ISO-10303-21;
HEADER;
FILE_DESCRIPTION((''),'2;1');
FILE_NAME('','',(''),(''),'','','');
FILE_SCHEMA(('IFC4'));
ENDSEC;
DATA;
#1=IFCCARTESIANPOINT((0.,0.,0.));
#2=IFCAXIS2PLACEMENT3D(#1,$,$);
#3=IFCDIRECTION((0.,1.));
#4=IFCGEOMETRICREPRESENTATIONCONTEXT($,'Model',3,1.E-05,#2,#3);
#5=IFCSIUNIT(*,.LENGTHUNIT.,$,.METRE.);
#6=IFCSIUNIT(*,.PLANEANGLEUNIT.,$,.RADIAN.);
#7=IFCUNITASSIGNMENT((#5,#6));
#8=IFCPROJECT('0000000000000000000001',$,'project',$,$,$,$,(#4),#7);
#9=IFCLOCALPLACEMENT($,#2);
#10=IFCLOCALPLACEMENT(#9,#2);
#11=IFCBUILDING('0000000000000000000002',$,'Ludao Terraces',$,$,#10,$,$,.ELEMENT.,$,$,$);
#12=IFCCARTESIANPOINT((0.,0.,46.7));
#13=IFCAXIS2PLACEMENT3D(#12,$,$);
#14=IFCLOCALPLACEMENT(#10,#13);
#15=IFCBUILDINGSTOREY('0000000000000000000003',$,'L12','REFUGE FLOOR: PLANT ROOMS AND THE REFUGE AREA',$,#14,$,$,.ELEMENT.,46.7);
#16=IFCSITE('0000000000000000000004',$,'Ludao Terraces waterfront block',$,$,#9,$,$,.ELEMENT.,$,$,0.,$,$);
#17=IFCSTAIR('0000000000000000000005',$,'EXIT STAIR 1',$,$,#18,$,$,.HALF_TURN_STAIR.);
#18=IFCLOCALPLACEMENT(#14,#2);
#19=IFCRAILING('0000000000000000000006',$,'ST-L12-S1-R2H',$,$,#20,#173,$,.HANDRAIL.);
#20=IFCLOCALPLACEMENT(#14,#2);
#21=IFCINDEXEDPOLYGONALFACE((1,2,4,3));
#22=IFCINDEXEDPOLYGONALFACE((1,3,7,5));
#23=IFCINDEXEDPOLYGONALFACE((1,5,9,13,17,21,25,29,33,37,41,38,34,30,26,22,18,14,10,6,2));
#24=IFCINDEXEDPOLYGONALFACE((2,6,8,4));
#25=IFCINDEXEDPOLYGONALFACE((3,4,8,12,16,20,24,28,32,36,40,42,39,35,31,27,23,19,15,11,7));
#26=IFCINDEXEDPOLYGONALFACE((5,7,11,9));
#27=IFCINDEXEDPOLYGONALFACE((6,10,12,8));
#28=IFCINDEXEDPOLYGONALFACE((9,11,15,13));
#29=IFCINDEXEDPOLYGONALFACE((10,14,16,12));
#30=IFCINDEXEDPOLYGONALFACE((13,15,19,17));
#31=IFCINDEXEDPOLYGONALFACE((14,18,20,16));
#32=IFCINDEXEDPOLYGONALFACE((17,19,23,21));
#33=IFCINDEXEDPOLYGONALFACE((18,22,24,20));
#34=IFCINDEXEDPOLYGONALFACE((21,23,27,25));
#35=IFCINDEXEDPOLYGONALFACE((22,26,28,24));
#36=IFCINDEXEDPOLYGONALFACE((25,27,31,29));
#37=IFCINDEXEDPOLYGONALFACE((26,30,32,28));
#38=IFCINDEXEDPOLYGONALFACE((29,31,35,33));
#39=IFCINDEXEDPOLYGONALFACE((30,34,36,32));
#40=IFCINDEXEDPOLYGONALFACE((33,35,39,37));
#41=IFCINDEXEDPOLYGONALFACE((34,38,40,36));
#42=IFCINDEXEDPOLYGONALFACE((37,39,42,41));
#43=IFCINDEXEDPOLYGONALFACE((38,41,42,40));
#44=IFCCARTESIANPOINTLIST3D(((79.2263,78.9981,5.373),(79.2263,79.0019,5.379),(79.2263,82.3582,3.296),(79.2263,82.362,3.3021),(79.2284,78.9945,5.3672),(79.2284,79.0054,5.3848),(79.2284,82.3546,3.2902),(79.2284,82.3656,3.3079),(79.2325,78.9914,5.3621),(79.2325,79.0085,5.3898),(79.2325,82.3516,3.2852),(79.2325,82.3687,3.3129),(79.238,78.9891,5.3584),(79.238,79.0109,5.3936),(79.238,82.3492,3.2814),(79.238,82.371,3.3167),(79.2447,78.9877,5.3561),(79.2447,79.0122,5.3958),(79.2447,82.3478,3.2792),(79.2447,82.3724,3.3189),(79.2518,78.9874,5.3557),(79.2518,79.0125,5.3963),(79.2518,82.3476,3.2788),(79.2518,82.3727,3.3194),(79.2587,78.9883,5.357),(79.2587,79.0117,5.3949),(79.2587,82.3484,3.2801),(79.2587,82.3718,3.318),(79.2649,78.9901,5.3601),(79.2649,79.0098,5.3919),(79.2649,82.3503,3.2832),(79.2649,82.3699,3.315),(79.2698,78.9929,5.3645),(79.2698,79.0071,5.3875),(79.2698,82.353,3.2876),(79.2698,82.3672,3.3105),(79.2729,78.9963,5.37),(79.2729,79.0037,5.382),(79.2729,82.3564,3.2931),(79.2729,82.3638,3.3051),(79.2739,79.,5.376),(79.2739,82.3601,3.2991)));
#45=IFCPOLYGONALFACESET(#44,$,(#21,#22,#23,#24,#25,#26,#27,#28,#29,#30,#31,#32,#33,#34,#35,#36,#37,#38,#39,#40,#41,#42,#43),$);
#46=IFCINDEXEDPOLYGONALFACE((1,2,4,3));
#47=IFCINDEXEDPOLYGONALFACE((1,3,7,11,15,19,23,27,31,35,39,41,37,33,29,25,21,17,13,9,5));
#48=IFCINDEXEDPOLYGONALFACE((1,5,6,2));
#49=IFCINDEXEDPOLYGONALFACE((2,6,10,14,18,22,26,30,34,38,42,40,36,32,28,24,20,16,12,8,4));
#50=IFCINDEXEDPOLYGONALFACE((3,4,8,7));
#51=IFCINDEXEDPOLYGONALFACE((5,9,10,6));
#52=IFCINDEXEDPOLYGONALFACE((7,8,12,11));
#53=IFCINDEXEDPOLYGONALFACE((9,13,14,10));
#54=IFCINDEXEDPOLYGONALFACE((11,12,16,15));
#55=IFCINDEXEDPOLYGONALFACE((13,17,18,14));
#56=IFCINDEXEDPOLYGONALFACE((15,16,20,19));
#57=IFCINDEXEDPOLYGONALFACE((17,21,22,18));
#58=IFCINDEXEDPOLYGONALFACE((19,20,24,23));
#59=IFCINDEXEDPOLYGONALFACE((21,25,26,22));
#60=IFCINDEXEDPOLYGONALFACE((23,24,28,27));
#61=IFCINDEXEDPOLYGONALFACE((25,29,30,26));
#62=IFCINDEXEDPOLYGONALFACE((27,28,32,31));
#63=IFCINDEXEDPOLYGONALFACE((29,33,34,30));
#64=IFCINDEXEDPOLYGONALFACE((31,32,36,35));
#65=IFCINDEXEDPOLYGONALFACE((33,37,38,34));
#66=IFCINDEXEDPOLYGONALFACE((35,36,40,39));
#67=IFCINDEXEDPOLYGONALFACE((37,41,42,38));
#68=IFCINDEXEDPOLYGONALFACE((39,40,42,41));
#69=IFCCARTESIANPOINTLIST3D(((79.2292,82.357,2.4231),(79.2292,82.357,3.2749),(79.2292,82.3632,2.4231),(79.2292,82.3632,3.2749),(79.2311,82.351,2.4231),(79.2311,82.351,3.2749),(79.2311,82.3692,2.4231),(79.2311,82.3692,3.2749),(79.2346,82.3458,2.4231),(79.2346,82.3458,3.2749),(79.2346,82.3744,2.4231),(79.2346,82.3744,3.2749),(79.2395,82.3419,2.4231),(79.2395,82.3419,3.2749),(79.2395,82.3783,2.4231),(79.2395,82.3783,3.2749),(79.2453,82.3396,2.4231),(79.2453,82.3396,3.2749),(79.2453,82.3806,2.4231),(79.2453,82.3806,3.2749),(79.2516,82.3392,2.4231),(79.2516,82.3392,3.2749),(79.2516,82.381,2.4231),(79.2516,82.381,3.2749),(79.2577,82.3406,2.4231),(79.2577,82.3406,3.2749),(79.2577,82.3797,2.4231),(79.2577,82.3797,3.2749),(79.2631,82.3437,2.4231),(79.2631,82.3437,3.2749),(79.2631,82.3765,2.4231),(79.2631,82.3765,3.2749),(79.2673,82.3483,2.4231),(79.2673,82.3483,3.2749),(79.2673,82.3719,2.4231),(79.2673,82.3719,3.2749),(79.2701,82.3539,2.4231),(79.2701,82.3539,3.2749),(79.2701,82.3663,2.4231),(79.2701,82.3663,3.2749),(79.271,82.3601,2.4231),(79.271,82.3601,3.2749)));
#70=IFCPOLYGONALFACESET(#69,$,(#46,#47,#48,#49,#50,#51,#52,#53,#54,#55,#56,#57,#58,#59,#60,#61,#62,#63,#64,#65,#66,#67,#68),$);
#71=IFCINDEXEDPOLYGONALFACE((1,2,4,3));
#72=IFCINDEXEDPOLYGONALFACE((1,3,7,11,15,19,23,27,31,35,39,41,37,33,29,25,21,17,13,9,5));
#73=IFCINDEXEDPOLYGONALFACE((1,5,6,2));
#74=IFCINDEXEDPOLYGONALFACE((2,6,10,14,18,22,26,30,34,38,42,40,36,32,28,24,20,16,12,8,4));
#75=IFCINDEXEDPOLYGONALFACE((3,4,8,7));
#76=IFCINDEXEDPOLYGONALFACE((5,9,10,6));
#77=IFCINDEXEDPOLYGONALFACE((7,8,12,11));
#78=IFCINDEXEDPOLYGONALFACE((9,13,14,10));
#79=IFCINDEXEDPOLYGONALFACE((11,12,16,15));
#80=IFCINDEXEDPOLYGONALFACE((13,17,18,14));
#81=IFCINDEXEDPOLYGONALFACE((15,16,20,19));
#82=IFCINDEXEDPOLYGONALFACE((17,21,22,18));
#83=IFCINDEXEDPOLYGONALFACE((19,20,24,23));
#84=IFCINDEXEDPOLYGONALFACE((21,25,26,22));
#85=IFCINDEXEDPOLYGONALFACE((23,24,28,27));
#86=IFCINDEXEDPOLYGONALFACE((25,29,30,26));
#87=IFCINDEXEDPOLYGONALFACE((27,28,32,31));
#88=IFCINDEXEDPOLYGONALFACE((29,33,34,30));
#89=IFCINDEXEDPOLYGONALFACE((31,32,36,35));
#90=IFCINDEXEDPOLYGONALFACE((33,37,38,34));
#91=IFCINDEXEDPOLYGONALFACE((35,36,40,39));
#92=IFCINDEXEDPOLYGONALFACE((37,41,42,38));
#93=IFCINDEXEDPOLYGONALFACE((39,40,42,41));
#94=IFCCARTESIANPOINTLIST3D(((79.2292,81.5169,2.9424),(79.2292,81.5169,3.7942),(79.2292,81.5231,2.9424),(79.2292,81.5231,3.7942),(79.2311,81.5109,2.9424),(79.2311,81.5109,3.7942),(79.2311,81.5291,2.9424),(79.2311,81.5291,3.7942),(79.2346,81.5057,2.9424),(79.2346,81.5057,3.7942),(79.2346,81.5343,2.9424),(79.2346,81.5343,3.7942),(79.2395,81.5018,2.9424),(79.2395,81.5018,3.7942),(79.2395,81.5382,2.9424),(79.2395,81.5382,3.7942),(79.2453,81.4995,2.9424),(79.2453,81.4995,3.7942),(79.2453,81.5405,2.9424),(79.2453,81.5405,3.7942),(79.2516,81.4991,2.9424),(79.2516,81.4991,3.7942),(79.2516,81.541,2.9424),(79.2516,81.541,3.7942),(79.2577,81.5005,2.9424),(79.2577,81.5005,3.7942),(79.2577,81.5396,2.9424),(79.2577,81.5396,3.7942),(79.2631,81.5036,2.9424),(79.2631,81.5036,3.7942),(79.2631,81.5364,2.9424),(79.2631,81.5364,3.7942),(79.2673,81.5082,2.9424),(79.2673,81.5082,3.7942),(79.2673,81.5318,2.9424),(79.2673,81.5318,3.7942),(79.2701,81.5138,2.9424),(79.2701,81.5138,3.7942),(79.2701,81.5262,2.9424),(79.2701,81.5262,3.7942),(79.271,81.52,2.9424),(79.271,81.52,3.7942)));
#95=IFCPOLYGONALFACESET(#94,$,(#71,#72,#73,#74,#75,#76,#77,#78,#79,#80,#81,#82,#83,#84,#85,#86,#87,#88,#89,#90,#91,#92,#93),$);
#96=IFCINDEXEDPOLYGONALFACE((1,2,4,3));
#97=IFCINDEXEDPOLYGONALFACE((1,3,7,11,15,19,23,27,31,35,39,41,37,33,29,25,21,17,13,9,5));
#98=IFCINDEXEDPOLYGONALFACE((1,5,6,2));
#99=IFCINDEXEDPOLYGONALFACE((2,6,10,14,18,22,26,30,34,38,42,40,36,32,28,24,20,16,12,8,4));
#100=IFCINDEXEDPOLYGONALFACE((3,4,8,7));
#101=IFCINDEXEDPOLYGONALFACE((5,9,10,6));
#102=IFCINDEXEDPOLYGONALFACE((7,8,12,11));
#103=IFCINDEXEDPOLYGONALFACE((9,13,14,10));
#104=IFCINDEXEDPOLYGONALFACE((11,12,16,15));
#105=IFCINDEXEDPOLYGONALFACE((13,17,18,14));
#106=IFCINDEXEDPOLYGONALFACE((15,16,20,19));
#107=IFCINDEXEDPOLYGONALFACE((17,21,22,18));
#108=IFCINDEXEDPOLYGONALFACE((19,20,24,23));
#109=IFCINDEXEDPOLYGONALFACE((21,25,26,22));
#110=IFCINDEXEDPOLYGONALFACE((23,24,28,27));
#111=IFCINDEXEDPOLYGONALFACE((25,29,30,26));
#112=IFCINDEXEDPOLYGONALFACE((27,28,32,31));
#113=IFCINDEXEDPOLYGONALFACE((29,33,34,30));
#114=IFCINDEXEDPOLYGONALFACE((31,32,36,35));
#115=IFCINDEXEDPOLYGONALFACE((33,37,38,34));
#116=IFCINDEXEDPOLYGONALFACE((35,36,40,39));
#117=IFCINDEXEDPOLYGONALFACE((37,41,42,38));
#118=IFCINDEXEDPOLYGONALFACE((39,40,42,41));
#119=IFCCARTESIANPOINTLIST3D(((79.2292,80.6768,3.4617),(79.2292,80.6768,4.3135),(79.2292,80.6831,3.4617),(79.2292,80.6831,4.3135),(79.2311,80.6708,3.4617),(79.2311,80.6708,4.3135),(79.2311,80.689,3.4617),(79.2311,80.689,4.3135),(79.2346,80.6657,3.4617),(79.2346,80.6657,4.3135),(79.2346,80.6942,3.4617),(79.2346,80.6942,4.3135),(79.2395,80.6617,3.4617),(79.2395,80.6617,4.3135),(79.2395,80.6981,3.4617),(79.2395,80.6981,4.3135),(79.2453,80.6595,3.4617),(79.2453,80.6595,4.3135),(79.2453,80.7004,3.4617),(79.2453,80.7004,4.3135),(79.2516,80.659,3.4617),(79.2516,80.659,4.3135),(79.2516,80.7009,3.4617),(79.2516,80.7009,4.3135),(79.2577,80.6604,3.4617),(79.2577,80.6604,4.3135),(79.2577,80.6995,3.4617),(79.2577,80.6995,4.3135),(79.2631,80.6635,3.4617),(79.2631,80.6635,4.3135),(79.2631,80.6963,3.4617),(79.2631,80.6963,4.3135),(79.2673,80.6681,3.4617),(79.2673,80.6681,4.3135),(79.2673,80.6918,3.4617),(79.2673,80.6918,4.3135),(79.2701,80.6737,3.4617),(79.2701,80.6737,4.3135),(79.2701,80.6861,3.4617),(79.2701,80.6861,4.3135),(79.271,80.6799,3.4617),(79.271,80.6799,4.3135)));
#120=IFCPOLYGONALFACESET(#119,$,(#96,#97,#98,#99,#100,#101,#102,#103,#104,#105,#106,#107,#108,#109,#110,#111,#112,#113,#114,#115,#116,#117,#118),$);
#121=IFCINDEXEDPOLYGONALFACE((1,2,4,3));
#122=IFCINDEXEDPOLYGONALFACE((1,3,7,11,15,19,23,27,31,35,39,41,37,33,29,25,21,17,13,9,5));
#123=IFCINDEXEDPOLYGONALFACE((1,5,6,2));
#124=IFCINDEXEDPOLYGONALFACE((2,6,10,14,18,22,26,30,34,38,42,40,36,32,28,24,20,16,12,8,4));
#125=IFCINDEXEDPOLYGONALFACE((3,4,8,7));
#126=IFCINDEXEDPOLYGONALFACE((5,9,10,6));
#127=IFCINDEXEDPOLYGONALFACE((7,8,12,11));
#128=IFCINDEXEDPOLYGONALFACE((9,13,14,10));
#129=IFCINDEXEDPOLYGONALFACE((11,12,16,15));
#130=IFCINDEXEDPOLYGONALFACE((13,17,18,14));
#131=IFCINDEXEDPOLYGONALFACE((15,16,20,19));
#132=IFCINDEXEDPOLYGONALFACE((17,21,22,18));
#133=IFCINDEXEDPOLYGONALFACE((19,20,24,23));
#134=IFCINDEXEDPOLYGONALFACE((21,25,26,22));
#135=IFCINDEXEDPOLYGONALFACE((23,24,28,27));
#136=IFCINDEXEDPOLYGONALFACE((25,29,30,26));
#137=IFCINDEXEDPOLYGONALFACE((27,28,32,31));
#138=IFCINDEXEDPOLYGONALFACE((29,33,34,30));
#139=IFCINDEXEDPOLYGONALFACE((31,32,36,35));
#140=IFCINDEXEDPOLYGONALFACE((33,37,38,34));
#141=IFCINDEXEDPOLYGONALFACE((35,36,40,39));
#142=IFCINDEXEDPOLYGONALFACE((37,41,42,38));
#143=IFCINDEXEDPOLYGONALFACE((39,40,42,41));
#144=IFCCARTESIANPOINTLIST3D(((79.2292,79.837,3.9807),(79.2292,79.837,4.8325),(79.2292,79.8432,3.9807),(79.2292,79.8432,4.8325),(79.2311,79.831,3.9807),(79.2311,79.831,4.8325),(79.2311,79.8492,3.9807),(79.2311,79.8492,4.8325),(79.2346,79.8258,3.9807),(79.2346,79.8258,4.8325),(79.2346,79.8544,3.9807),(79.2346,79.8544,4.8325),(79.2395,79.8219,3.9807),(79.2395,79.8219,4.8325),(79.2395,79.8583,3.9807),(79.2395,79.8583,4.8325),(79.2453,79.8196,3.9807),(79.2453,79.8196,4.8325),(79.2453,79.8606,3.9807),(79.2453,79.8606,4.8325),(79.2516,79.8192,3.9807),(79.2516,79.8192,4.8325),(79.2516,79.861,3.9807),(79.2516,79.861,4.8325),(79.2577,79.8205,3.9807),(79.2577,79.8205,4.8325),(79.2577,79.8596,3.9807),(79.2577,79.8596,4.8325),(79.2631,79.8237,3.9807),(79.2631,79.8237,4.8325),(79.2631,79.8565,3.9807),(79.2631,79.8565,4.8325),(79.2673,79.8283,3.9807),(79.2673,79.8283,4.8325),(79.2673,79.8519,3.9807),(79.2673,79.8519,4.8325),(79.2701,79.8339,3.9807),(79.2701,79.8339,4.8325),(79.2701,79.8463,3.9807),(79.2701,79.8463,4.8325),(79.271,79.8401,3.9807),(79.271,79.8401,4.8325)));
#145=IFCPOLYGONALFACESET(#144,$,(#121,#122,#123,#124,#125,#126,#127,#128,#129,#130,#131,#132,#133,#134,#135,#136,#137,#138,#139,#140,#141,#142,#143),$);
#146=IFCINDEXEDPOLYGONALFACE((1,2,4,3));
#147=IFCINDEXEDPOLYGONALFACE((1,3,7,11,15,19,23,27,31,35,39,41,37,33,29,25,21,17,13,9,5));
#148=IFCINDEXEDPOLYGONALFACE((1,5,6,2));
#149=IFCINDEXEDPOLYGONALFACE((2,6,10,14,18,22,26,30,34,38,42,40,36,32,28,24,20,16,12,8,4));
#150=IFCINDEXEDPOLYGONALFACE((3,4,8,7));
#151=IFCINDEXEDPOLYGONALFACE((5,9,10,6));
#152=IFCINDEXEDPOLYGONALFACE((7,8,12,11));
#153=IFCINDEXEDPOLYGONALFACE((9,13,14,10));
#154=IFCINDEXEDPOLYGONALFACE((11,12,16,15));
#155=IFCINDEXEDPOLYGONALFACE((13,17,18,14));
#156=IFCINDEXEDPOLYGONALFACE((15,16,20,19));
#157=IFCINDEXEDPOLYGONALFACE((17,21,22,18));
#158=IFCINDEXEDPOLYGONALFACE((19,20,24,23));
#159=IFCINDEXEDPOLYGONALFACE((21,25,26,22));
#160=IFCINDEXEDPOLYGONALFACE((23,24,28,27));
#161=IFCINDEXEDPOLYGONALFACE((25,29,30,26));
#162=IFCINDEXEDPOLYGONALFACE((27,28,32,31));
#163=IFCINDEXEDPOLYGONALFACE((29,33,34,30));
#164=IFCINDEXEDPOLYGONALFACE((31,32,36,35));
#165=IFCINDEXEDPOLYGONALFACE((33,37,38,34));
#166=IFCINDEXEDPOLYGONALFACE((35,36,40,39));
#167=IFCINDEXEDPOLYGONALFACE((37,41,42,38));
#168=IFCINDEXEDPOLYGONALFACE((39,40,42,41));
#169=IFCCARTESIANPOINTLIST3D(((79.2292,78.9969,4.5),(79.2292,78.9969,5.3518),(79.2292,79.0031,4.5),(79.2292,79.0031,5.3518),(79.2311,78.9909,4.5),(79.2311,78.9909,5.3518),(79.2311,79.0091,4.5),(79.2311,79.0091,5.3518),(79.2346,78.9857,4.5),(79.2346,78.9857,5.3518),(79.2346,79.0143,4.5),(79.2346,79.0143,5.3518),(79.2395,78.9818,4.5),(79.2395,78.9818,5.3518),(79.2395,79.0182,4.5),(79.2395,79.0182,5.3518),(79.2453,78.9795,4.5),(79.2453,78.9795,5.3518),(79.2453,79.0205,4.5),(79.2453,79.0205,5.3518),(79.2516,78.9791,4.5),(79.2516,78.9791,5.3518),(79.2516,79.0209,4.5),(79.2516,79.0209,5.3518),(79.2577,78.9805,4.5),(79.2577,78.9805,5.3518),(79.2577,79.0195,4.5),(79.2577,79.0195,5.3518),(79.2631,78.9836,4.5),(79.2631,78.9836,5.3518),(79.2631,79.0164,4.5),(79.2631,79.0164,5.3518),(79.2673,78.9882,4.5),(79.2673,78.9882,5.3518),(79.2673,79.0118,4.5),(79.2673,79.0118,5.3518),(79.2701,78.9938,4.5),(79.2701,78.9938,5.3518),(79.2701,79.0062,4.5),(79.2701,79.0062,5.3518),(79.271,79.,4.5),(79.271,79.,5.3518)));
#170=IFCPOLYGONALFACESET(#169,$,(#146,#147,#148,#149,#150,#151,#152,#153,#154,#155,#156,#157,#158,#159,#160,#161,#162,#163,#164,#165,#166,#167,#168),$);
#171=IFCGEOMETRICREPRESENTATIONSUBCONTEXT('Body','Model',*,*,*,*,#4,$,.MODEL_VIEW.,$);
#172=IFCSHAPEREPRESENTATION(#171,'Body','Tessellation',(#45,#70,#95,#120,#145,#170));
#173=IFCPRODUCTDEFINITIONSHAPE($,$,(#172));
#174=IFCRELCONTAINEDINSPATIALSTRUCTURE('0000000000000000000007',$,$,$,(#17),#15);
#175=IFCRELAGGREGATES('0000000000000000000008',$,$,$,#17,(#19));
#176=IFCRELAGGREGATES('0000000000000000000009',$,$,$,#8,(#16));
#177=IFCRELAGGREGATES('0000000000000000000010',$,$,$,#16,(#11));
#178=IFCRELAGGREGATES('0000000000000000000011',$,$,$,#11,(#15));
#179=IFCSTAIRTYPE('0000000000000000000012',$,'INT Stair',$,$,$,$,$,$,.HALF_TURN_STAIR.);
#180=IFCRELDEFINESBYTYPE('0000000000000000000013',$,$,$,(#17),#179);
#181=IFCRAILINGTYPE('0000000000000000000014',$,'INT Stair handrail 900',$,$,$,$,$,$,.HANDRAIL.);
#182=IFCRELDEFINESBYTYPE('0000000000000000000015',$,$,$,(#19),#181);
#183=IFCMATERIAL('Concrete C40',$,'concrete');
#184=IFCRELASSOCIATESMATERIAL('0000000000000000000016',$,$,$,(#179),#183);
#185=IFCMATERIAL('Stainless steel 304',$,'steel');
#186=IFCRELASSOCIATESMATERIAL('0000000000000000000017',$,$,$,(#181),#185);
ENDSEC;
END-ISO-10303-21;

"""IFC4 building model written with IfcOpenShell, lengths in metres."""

from ifc_helpers import new_model, si_unit, direction, frame, origin, origin_2d, place, context, subcontext, project, spatial, circle, extrude, material, type_object, element, aggregate, save


model = new_model("IFC4")

# Units and contexts
model_context = context("Model", 3, precision=1e-05, world=origin(), true_north=direction((0.0, 1.0)))
body_context = subcontext(model_context, "Body", "Model", "MODEL_VIEW")
ifc_project = project(units=[si_unit("LENGTHUNIT", "METRE"), si_unit("PLANEANGLEUNIT", "RADIAN")], contexts=[model_context])

# Site, building, storey
site_placement = place(None, origin())
site = spatial("IfcSite", under=ifc_project, at=site_placement, Name="Ludao Terraces waterfront block", CompositionType="ELEMENT", RefElevation=0.0)
building_placement = place(site_placement, origin())
building = spatial("IfcBuilding", under=site, at=building_placement, Name="Ludao Terraces", CompositionType="ELEMENT")
storey_placement = place(building_placement, frame((0.0, 0.0, 46.7)))
storey = spatial("IfcBuildingStorey", under=building, at=storey_placement, Name="L12", Description="REFUGE FLOOR: PLANT ROOMS AND THE REFUGE AREA", CompositionType="ELEMENT", Elevation=46.7)

# Shared definitions
ifc_material_1 = material(Name="Stainless steel 304", Category="steel")

# Stair, railing
ifc_material_2 = material(Name="Concrete C40", Category="concrete")
stair_type = type_object("IfcStairType", Name="INT Stair", PredefinedType="HALF_TURN_STAIR", material=ifc_material_2)
stair_placement = place(storey_placement, origin())
stair = element("IfcStair", 1, at=stair_placement, inside=storey, type_object=stair_type, Name="EXIT STAIR 1", PredefinedType="HALF_TURN_STAIR")
railing_type_1 = type_object("IfcRailingType", Name="INT Stair handrail 900", PredefinedType="HANDRAIL", material=ifc_material_1)
railing_1_placement = place(storey_placement, frame((79.25, 82.3601, 2.4231)))
railing_1 = element("IfcRailing", 2, at=railing_1_placement, type_object=railing_type_1, Name="ST-L12-S1-R2H", PredefinedType="HANDRAIL", context=body_context, shape_type="SweptSolid", body=[
    extrude(circle(Radius=0.0239, at=origin_2d()), frame((0.0, 0.0, 0.876), z_axis=(0.0, -0.850623, 0.525776), x_axis=(1.0, 0.0, 0.0)), (0.0, 0.0, 1.0), 3.9502),
    extrude(circle(Radius=0.021, at=origin_2d()), origin(), (0.0, 0.0, 1.0), 0.8518),
    extrude(circle(Radius=0.021, at=origin_2d()), frame((0.0, -0.8401, 0.5193)), (0.0, 0.0, 1.0), 0.8518),
    extrude(circle(Radius=0.021, at=origin_2d()), frame((0.0, -1.6802, 1.0386)), (0.0, 0.0, 1.0), 0.8518),
    extrude(circle(Radius=0.021, at=origin_2d()), frame((0.0, -2.52, 1.5576)), (0.0, 0.0, 1.0), 0.8518),
    extrude(circle(Radius=0.021, at=origin_2d()), frame((0.0, -3.3601, 2.0769)), (0.0, 0.0, 1.0), 0.8518),
])
aggregate(stair, [railing_1])

save(model, "model.ifc")
